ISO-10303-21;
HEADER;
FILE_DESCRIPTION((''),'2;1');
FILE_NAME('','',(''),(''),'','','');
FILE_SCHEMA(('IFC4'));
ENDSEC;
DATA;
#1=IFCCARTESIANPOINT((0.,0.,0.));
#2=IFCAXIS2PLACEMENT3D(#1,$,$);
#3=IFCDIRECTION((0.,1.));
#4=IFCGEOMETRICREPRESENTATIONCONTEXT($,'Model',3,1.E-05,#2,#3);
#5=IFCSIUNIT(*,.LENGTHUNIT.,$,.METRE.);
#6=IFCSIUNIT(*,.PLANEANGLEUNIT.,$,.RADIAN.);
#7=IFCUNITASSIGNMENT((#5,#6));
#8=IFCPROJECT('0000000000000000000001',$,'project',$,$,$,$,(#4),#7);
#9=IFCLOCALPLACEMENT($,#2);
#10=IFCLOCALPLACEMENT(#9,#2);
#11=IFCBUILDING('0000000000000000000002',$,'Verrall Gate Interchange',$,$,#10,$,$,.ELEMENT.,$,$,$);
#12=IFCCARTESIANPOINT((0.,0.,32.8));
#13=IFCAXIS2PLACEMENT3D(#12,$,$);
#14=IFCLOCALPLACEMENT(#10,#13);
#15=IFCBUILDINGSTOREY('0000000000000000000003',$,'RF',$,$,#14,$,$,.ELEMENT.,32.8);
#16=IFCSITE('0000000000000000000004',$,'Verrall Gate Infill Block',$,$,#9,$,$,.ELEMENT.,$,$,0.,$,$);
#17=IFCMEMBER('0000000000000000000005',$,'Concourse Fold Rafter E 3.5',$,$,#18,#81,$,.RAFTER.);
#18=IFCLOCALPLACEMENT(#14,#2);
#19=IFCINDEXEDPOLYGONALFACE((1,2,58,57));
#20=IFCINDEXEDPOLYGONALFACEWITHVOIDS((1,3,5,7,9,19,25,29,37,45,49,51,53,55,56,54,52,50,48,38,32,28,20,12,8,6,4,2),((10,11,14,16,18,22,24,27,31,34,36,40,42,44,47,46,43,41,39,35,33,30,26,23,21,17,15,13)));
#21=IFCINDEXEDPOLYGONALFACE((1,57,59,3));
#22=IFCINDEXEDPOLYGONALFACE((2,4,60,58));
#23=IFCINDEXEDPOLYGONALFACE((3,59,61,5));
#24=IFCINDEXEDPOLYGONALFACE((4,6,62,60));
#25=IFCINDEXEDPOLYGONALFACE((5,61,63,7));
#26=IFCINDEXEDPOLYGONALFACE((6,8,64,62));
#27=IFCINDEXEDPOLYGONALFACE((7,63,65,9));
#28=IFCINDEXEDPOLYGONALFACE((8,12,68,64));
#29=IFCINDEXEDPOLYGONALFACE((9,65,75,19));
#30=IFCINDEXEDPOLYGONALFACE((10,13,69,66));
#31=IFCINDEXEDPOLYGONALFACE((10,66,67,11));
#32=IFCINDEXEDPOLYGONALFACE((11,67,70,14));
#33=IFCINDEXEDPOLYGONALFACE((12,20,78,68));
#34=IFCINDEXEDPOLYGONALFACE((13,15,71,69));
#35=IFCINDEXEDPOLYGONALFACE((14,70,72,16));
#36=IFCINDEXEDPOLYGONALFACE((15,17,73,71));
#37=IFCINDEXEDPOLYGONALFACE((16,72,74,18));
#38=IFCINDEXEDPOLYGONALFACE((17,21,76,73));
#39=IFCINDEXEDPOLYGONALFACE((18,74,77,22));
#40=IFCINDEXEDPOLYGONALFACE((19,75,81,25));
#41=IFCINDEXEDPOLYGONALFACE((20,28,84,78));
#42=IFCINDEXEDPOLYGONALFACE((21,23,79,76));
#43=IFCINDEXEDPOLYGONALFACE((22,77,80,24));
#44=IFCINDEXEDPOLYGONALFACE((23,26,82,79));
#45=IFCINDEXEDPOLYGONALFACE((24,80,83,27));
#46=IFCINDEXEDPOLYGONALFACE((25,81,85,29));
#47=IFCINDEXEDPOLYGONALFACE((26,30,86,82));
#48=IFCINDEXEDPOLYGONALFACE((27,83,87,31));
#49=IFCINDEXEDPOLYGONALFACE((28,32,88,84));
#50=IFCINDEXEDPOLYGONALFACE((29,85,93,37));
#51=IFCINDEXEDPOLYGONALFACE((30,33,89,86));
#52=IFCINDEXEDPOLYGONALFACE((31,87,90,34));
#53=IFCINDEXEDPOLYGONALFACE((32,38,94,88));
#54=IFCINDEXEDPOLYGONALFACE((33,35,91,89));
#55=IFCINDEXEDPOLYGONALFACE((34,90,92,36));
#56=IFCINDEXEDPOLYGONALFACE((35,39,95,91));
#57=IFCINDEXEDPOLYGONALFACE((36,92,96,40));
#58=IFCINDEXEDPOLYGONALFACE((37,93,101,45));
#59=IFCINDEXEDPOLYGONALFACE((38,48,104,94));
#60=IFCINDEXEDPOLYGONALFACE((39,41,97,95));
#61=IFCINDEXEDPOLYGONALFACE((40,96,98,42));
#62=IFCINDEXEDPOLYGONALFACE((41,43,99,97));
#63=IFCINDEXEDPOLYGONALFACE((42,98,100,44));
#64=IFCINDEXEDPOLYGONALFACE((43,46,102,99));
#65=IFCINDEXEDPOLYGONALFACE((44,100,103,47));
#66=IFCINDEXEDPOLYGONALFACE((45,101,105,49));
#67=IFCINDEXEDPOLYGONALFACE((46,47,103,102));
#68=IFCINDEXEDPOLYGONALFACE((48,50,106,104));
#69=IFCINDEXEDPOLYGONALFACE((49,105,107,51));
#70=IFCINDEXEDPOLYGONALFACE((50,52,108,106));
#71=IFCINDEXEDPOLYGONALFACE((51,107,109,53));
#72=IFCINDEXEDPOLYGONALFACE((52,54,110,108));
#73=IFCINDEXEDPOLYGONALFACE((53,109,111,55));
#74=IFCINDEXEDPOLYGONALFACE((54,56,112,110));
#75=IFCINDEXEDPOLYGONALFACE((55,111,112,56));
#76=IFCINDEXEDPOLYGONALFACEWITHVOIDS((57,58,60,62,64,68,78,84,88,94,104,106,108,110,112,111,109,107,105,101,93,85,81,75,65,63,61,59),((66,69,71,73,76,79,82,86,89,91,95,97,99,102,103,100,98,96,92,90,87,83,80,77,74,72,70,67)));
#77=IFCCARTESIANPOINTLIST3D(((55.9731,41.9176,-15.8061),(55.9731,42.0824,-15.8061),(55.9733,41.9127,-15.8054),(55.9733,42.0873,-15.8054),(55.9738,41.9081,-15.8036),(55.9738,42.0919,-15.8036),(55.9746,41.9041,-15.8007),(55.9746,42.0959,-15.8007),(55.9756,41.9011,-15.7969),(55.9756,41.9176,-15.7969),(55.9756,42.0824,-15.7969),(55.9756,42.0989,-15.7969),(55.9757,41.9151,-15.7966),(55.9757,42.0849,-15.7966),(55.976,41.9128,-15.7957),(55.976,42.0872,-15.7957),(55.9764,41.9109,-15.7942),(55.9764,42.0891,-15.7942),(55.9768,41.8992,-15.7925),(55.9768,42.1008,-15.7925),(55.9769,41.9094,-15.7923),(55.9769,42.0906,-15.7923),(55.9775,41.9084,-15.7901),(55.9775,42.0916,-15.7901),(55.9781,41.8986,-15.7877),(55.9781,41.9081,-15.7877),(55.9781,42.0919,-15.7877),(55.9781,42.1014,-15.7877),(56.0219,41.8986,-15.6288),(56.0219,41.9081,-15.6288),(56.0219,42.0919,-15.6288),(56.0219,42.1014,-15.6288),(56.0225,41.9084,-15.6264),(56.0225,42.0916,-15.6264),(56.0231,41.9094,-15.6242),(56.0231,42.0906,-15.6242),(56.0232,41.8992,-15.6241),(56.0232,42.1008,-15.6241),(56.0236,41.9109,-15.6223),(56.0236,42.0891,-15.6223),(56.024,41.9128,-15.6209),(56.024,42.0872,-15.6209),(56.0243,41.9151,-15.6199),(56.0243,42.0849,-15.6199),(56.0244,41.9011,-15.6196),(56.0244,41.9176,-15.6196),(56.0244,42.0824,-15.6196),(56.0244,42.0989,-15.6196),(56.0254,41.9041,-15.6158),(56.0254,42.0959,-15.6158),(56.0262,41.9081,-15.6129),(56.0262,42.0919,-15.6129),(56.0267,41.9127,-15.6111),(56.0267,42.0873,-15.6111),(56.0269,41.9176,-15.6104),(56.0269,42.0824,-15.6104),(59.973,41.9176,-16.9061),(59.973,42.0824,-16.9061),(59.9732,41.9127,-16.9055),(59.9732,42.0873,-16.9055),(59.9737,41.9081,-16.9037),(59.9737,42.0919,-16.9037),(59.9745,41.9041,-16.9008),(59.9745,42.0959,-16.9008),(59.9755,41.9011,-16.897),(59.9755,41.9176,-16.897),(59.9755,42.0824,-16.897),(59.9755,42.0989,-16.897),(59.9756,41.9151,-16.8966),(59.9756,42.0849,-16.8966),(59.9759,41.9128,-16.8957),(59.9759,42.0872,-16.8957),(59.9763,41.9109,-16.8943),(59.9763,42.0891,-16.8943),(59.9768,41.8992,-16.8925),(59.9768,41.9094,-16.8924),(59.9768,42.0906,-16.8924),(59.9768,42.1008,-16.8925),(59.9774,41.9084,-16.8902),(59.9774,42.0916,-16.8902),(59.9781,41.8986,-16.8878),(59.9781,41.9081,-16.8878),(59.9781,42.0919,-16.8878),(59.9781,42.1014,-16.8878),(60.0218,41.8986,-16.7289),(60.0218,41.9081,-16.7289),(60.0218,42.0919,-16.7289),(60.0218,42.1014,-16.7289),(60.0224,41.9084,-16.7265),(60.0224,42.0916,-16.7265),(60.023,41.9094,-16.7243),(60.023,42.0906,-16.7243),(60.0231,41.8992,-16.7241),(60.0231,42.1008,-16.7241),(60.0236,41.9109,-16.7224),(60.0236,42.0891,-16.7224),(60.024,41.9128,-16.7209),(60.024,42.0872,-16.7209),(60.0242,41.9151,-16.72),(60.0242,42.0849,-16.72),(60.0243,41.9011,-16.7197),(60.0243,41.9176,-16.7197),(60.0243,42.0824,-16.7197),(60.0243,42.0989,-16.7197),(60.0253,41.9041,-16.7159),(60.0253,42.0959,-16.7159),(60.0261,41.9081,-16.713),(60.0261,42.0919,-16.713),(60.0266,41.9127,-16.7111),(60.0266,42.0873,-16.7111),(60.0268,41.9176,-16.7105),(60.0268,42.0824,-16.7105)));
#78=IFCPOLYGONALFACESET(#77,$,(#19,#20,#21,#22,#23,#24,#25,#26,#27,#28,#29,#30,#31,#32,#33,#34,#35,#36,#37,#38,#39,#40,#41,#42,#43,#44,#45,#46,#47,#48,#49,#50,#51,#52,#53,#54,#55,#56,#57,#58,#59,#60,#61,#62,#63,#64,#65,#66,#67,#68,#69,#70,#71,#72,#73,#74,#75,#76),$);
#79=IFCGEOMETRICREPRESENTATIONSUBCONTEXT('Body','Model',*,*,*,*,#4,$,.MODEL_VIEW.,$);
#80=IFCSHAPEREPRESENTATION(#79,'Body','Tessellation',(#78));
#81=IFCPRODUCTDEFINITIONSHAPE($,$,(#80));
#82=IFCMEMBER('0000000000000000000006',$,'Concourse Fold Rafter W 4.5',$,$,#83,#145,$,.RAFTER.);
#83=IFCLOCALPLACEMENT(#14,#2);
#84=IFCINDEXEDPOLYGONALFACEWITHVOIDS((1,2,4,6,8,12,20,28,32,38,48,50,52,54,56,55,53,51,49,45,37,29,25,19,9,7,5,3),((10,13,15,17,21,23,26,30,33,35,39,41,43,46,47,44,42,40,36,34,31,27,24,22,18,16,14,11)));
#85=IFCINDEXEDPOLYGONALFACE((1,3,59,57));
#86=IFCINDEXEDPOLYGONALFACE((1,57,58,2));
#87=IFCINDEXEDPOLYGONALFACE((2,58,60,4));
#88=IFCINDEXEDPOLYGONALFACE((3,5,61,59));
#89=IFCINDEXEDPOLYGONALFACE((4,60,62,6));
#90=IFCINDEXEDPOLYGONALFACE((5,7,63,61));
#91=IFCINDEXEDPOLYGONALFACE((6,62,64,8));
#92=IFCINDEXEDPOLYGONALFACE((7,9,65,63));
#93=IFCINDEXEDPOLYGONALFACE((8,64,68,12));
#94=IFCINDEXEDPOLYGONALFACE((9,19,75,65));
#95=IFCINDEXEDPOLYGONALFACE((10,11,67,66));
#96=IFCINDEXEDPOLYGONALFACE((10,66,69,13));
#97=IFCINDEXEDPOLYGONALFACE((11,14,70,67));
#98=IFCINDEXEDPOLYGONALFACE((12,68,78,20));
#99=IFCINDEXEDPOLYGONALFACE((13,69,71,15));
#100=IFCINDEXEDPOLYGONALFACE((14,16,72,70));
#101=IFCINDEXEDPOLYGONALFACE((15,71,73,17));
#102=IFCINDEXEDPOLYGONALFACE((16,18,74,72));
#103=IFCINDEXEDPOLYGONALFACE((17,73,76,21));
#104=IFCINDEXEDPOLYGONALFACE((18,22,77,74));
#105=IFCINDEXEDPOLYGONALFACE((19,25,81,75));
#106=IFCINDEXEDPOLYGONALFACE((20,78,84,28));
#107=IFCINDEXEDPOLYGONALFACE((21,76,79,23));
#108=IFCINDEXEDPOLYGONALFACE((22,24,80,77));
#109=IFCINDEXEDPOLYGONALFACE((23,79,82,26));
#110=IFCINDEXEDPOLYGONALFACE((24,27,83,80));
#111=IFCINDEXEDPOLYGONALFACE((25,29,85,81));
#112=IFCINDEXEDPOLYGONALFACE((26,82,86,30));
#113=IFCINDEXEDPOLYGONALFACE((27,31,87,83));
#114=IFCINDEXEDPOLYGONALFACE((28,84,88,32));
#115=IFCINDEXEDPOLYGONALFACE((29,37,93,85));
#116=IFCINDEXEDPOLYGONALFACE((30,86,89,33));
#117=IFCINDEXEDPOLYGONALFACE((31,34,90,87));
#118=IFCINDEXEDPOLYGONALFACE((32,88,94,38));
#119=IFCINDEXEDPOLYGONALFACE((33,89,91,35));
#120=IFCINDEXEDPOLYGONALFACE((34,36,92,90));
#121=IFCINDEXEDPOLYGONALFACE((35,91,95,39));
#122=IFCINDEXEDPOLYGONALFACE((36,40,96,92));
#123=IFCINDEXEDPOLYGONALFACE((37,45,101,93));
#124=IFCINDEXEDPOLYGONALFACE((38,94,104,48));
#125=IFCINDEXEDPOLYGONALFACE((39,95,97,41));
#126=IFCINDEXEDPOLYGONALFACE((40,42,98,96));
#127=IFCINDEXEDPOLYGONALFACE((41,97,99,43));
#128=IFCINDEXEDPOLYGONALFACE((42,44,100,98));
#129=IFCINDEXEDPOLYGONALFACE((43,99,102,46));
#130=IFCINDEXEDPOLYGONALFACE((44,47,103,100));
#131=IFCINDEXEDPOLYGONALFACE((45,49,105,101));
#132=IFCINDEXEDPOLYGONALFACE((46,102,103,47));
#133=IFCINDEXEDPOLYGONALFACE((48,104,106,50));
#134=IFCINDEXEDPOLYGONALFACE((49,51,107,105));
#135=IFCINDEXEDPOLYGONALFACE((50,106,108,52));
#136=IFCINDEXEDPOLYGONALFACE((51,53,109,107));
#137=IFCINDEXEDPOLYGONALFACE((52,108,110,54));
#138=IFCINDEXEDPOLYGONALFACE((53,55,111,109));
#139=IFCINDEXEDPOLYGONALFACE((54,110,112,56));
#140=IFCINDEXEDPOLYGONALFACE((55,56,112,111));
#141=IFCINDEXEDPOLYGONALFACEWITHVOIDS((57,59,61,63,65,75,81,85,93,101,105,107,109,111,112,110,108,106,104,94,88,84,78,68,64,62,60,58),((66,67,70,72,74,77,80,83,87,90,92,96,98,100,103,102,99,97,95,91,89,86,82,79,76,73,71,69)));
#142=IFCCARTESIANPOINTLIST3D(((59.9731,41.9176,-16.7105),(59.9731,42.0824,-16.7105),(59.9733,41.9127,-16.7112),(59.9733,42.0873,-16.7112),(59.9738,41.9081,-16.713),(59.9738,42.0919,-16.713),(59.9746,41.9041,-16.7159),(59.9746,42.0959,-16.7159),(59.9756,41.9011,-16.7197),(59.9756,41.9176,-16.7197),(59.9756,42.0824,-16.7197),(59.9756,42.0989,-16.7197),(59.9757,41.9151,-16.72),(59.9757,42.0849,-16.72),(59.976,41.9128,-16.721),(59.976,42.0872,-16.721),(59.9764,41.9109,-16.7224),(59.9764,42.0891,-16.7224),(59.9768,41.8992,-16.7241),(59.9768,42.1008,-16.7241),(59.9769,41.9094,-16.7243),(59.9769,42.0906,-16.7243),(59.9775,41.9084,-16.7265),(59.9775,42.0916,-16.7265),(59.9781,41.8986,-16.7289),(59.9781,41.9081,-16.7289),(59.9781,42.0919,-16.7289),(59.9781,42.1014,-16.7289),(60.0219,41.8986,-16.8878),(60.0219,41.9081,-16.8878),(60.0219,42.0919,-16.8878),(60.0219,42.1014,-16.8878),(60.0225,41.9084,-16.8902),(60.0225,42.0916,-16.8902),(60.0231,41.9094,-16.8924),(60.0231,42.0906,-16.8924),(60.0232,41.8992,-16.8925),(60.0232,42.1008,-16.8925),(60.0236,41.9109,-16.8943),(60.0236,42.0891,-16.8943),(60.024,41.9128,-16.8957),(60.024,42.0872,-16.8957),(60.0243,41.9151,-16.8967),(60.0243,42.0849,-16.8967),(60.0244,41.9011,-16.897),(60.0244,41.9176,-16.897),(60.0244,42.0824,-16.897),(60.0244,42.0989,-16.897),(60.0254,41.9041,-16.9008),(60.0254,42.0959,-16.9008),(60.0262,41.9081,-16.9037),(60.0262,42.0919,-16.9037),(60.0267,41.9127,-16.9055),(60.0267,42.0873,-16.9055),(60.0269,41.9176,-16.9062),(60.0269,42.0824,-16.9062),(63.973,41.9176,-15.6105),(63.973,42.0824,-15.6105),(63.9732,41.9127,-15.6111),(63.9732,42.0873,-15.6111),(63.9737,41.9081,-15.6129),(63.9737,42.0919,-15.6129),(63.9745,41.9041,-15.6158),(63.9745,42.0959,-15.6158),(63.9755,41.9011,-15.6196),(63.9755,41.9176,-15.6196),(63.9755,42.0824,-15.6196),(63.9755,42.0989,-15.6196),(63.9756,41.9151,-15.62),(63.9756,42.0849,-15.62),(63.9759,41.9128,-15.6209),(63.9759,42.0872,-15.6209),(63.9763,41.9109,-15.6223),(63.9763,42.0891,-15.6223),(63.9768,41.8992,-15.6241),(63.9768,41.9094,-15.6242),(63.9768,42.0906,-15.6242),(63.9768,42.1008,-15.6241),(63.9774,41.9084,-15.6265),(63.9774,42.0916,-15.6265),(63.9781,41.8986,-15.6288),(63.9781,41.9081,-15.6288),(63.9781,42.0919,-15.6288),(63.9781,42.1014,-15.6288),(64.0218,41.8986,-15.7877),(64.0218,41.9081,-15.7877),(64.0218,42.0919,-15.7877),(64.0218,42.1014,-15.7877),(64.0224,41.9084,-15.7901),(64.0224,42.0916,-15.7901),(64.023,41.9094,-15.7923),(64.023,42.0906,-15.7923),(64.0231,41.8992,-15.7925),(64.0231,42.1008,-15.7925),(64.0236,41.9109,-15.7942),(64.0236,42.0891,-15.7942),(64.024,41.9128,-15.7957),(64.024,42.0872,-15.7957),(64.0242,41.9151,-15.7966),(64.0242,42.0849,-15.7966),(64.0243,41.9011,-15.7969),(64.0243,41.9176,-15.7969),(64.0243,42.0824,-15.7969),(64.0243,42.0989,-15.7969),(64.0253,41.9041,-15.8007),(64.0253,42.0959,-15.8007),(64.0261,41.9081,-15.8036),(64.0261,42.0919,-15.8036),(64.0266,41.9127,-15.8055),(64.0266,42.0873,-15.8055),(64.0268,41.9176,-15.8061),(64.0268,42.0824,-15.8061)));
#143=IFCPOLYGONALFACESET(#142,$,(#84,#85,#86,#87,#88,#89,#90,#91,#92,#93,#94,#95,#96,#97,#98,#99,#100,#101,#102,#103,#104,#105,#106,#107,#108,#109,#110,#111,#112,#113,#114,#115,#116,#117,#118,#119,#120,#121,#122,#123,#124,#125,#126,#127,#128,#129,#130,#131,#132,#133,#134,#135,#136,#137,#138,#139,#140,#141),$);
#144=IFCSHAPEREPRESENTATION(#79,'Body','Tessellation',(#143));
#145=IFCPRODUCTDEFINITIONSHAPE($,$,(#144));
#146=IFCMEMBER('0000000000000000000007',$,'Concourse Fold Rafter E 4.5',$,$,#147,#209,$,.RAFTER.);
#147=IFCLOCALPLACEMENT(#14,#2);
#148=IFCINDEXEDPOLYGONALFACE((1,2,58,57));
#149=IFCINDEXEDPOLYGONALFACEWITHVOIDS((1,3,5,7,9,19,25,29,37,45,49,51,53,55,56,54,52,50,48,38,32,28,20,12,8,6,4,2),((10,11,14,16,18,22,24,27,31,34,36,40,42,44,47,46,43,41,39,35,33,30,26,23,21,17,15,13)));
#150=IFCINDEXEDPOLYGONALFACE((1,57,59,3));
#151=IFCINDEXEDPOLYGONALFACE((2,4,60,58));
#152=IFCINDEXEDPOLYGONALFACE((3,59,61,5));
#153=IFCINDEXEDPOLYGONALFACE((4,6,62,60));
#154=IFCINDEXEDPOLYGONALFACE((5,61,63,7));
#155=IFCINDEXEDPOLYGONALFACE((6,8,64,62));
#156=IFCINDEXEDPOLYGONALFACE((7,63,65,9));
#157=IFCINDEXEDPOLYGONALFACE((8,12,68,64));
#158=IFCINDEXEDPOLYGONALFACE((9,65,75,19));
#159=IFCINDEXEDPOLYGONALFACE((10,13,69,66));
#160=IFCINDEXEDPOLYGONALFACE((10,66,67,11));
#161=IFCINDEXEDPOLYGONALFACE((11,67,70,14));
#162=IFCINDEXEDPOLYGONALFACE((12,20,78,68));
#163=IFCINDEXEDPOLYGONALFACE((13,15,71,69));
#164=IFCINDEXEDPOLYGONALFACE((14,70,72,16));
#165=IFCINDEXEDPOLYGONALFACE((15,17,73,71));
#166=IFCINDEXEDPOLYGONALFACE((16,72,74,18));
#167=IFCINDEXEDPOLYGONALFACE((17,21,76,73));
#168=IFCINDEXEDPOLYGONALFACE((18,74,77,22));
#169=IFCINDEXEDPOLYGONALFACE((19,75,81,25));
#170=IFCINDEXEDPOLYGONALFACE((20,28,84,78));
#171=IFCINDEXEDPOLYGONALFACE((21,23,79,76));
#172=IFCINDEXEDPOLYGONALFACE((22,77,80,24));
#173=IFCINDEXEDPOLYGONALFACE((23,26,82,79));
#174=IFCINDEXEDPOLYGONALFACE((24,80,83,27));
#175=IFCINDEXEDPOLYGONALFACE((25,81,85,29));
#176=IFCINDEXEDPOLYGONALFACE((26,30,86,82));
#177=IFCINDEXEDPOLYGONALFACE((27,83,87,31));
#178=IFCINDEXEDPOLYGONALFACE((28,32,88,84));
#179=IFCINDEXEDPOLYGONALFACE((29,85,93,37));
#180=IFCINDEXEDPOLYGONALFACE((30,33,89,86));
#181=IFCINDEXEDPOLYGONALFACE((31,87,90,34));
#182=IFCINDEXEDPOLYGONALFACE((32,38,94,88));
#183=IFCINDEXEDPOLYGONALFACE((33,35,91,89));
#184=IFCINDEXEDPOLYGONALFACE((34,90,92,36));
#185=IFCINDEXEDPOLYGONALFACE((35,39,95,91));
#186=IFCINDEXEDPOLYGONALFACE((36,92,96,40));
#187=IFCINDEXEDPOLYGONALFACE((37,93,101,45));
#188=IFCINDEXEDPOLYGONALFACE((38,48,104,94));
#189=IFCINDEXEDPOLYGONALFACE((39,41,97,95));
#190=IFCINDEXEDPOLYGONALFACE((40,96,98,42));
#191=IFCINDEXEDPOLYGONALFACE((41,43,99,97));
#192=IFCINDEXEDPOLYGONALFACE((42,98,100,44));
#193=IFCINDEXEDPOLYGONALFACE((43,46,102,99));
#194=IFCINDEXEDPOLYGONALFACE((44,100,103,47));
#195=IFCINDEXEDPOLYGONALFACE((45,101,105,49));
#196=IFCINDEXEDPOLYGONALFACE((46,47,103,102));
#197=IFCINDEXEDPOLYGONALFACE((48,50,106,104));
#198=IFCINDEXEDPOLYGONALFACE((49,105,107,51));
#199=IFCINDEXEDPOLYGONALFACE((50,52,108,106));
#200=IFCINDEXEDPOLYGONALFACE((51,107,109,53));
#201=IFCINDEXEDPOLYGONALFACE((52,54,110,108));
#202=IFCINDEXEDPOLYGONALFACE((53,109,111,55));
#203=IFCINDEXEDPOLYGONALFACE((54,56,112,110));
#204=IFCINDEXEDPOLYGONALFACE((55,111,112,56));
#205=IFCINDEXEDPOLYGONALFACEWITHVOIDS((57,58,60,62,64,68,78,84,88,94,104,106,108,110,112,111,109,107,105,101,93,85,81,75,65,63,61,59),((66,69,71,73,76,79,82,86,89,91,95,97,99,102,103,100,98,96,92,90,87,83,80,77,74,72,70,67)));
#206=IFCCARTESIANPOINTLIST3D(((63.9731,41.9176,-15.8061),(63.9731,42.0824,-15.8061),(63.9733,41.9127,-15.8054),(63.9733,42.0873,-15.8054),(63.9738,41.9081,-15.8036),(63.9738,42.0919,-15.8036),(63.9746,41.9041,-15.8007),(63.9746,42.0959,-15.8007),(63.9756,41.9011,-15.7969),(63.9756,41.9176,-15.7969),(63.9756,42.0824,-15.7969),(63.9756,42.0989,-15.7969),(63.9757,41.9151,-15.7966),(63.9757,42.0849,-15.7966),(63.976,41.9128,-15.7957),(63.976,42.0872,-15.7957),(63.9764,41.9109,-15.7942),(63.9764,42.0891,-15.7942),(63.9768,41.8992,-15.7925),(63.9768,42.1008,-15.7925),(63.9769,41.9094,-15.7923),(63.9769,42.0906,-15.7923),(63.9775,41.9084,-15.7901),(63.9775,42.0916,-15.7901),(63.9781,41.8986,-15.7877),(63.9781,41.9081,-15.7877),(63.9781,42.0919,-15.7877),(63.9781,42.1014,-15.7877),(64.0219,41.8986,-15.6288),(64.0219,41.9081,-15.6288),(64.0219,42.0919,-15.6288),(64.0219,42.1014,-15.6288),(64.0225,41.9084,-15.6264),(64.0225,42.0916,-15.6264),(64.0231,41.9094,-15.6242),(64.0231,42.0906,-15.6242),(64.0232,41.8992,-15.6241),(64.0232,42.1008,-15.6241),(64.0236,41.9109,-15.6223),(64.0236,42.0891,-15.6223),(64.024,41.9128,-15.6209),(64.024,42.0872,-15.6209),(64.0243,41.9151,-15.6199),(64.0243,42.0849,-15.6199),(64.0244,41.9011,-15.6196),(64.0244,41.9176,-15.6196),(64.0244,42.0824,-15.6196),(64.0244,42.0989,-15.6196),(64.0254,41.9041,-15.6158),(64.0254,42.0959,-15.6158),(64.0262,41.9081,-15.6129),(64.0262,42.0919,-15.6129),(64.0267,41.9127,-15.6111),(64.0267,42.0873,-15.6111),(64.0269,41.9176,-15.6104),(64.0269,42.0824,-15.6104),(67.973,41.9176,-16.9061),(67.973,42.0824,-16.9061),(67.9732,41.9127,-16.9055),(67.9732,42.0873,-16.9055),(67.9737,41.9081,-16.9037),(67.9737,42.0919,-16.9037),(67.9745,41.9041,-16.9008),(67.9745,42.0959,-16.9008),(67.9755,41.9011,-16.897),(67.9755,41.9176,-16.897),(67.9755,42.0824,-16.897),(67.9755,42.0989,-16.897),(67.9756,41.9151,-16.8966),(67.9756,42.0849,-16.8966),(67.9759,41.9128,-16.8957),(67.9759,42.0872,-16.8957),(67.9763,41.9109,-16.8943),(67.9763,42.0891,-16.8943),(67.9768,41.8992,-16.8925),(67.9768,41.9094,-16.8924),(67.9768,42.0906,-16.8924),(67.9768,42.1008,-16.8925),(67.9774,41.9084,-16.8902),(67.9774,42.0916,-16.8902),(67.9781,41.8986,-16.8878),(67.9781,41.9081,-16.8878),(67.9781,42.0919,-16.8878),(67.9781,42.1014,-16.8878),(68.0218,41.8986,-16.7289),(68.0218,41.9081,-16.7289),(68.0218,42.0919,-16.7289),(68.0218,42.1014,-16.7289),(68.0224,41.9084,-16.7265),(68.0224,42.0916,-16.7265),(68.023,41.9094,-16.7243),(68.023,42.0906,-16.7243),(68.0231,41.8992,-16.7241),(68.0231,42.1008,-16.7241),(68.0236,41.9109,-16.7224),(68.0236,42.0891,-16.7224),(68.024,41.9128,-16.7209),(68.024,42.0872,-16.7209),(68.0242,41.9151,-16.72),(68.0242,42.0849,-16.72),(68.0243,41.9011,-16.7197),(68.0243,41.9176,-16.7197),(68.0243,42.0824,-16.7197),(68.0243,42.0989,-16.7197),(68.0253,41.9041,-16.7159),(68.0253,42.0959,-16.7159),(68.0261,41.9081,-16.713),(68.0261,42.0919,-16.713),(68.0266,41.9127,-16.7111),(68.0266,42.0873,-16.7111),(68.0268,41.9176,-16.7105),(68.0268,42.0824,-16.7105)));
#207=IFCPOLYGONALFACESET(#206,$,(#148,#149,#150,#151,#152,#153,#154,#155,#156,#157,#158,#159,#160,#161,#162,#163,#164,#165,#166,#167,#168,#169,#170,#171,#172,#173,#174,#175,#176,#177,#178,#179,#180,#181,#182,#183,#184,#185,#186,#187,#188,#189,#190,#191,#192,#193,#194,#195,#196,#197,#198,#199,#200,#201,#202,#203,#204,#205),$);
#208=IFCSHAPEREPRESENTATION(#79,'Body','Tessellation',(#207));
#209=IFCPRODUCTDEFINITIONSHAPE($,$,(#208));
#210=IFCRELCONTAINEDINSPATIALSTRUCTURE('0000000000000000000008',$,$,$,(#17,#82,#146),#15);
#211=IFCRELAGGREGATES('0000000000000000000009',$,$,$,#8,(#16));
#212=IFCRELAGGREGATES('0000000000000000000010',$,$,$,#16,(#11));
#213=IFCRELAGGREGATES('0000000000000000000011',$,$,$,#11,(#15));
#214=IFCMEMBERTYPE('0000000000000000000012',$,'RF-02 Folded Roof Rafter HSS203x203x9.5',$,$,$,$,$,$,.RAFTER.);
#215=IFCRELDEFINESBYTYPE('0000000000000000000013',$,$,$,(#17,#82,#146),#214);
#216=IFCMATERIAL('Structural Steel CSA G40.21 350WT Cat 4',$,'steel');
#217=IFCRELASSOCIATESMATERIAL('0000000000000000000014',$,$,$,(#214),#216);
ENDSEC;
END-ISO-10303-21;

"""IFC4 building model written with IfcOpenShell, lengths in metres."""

from ifc_helpers import new_model, si_unit, direction, frame, origin, origin_2d, place, context, subcontext, project, spatial, hollow_rectangle, extrude, material, material_profile, profile_set, type_object, element, save


model = new_model("IFC4")

# Units and contexts
model_context = context("Model", 3, precision=1e-05, world=origin(), true_north=direction((0.0, 1.0)))
body_context = subcontext(model_context, "Body", "Model", "MODEL_VIEW")
ifc_project = project(units=[si_unit("LENGTHUNIT", "METRE"), si_unit("PLANEANGLEUNIT", "RADIAN")], contexts=[model_context])

# Site, building, storey
site_placement = place(None, origin())
site = spatial("IfcSite", under=ifc_project, at=site_placement, Name="Verrall Gate Infill Block", CompositionType="ELEMENT", RefElevation=0.0)
building_placement = place(site_placement, origin())
building = spatial("IfcBuilding", under=site, at=building_placement, Name="Verrall Gate Interchange", CompositionType="ELEMENT")
storey_placement = place(building_placement, frame((0.0, 0.0, 32.8)))
storey = spatial("IfcBuildingStorey", under=building, at=storey_placement, Name="RF", CompositionType="ELEMENT", Elevation=32.8)

# Members
ifc_material_1 = material(Name="Structural Steel CSA G40.21 350WT Cat 4", Category="steel")
ifc_material_profile_1 = material_profile(ifc_material_1, hollow_rectangle(XDim=0.2029, YDim=0.2029, WallThickness=0.0095, InnerFilletRadius=0.0095, OuterFilletRadius=0.019, at=origin_2d()), Name="HSS203x203x9.5")
ifc_profile_set_1 = profile_set([ifc_material_profile_1], Name="Structural Steel CSA G40.21 350WT Cat 4")
member_type_1 = type_object("IfcMemberType", Name="RF-02 Folded Roof Rafter HSS203x203x9.5", PredefinedType="RAFTER", material=ifc_profile_set_1)
for number, where, z_axis, x_axis, name in (
    (1, (56.0, 42.0, -15.7083), (0.964199, 0.0, -0.265178), (0.0, 1.0, 0.0), "Concourse Fold Rafter E 3.5"),
    (2, (60.0, 42.0, -16.8083), (0.964199, 0.0, 0.265178), (0.0, 1.0, 0.0), "Concourse Fold Rafter W 4.5"),
    (3, (64.0, 42.0, -15.7083), (0.964199, 0.0, -0.265178), (0.0, 1.0, 0.0), "Concourse Fold Rafter E 4.5"),
):
    element("IfcMember", number, at=place(storey_placement, frame(where, z_axis=z_axis, x_axis=x_axis)), inside=storey, type_object=member_type_1, Name=name, PredefinedType="RAFTER", context=body_context, shape_type="SweptSolid", body=[
        extrude(hollow_rectangle(XDim=0.2029, YDim=0.2029, WallThickness=0.0095, InnerFilletRadius=0.0095, OuterFilletRadius=0.019, at=origin_2d()), origin(), (0.0, 0.0, 1.0), 4.1484),
    ])

save(model, "model.ifc")
